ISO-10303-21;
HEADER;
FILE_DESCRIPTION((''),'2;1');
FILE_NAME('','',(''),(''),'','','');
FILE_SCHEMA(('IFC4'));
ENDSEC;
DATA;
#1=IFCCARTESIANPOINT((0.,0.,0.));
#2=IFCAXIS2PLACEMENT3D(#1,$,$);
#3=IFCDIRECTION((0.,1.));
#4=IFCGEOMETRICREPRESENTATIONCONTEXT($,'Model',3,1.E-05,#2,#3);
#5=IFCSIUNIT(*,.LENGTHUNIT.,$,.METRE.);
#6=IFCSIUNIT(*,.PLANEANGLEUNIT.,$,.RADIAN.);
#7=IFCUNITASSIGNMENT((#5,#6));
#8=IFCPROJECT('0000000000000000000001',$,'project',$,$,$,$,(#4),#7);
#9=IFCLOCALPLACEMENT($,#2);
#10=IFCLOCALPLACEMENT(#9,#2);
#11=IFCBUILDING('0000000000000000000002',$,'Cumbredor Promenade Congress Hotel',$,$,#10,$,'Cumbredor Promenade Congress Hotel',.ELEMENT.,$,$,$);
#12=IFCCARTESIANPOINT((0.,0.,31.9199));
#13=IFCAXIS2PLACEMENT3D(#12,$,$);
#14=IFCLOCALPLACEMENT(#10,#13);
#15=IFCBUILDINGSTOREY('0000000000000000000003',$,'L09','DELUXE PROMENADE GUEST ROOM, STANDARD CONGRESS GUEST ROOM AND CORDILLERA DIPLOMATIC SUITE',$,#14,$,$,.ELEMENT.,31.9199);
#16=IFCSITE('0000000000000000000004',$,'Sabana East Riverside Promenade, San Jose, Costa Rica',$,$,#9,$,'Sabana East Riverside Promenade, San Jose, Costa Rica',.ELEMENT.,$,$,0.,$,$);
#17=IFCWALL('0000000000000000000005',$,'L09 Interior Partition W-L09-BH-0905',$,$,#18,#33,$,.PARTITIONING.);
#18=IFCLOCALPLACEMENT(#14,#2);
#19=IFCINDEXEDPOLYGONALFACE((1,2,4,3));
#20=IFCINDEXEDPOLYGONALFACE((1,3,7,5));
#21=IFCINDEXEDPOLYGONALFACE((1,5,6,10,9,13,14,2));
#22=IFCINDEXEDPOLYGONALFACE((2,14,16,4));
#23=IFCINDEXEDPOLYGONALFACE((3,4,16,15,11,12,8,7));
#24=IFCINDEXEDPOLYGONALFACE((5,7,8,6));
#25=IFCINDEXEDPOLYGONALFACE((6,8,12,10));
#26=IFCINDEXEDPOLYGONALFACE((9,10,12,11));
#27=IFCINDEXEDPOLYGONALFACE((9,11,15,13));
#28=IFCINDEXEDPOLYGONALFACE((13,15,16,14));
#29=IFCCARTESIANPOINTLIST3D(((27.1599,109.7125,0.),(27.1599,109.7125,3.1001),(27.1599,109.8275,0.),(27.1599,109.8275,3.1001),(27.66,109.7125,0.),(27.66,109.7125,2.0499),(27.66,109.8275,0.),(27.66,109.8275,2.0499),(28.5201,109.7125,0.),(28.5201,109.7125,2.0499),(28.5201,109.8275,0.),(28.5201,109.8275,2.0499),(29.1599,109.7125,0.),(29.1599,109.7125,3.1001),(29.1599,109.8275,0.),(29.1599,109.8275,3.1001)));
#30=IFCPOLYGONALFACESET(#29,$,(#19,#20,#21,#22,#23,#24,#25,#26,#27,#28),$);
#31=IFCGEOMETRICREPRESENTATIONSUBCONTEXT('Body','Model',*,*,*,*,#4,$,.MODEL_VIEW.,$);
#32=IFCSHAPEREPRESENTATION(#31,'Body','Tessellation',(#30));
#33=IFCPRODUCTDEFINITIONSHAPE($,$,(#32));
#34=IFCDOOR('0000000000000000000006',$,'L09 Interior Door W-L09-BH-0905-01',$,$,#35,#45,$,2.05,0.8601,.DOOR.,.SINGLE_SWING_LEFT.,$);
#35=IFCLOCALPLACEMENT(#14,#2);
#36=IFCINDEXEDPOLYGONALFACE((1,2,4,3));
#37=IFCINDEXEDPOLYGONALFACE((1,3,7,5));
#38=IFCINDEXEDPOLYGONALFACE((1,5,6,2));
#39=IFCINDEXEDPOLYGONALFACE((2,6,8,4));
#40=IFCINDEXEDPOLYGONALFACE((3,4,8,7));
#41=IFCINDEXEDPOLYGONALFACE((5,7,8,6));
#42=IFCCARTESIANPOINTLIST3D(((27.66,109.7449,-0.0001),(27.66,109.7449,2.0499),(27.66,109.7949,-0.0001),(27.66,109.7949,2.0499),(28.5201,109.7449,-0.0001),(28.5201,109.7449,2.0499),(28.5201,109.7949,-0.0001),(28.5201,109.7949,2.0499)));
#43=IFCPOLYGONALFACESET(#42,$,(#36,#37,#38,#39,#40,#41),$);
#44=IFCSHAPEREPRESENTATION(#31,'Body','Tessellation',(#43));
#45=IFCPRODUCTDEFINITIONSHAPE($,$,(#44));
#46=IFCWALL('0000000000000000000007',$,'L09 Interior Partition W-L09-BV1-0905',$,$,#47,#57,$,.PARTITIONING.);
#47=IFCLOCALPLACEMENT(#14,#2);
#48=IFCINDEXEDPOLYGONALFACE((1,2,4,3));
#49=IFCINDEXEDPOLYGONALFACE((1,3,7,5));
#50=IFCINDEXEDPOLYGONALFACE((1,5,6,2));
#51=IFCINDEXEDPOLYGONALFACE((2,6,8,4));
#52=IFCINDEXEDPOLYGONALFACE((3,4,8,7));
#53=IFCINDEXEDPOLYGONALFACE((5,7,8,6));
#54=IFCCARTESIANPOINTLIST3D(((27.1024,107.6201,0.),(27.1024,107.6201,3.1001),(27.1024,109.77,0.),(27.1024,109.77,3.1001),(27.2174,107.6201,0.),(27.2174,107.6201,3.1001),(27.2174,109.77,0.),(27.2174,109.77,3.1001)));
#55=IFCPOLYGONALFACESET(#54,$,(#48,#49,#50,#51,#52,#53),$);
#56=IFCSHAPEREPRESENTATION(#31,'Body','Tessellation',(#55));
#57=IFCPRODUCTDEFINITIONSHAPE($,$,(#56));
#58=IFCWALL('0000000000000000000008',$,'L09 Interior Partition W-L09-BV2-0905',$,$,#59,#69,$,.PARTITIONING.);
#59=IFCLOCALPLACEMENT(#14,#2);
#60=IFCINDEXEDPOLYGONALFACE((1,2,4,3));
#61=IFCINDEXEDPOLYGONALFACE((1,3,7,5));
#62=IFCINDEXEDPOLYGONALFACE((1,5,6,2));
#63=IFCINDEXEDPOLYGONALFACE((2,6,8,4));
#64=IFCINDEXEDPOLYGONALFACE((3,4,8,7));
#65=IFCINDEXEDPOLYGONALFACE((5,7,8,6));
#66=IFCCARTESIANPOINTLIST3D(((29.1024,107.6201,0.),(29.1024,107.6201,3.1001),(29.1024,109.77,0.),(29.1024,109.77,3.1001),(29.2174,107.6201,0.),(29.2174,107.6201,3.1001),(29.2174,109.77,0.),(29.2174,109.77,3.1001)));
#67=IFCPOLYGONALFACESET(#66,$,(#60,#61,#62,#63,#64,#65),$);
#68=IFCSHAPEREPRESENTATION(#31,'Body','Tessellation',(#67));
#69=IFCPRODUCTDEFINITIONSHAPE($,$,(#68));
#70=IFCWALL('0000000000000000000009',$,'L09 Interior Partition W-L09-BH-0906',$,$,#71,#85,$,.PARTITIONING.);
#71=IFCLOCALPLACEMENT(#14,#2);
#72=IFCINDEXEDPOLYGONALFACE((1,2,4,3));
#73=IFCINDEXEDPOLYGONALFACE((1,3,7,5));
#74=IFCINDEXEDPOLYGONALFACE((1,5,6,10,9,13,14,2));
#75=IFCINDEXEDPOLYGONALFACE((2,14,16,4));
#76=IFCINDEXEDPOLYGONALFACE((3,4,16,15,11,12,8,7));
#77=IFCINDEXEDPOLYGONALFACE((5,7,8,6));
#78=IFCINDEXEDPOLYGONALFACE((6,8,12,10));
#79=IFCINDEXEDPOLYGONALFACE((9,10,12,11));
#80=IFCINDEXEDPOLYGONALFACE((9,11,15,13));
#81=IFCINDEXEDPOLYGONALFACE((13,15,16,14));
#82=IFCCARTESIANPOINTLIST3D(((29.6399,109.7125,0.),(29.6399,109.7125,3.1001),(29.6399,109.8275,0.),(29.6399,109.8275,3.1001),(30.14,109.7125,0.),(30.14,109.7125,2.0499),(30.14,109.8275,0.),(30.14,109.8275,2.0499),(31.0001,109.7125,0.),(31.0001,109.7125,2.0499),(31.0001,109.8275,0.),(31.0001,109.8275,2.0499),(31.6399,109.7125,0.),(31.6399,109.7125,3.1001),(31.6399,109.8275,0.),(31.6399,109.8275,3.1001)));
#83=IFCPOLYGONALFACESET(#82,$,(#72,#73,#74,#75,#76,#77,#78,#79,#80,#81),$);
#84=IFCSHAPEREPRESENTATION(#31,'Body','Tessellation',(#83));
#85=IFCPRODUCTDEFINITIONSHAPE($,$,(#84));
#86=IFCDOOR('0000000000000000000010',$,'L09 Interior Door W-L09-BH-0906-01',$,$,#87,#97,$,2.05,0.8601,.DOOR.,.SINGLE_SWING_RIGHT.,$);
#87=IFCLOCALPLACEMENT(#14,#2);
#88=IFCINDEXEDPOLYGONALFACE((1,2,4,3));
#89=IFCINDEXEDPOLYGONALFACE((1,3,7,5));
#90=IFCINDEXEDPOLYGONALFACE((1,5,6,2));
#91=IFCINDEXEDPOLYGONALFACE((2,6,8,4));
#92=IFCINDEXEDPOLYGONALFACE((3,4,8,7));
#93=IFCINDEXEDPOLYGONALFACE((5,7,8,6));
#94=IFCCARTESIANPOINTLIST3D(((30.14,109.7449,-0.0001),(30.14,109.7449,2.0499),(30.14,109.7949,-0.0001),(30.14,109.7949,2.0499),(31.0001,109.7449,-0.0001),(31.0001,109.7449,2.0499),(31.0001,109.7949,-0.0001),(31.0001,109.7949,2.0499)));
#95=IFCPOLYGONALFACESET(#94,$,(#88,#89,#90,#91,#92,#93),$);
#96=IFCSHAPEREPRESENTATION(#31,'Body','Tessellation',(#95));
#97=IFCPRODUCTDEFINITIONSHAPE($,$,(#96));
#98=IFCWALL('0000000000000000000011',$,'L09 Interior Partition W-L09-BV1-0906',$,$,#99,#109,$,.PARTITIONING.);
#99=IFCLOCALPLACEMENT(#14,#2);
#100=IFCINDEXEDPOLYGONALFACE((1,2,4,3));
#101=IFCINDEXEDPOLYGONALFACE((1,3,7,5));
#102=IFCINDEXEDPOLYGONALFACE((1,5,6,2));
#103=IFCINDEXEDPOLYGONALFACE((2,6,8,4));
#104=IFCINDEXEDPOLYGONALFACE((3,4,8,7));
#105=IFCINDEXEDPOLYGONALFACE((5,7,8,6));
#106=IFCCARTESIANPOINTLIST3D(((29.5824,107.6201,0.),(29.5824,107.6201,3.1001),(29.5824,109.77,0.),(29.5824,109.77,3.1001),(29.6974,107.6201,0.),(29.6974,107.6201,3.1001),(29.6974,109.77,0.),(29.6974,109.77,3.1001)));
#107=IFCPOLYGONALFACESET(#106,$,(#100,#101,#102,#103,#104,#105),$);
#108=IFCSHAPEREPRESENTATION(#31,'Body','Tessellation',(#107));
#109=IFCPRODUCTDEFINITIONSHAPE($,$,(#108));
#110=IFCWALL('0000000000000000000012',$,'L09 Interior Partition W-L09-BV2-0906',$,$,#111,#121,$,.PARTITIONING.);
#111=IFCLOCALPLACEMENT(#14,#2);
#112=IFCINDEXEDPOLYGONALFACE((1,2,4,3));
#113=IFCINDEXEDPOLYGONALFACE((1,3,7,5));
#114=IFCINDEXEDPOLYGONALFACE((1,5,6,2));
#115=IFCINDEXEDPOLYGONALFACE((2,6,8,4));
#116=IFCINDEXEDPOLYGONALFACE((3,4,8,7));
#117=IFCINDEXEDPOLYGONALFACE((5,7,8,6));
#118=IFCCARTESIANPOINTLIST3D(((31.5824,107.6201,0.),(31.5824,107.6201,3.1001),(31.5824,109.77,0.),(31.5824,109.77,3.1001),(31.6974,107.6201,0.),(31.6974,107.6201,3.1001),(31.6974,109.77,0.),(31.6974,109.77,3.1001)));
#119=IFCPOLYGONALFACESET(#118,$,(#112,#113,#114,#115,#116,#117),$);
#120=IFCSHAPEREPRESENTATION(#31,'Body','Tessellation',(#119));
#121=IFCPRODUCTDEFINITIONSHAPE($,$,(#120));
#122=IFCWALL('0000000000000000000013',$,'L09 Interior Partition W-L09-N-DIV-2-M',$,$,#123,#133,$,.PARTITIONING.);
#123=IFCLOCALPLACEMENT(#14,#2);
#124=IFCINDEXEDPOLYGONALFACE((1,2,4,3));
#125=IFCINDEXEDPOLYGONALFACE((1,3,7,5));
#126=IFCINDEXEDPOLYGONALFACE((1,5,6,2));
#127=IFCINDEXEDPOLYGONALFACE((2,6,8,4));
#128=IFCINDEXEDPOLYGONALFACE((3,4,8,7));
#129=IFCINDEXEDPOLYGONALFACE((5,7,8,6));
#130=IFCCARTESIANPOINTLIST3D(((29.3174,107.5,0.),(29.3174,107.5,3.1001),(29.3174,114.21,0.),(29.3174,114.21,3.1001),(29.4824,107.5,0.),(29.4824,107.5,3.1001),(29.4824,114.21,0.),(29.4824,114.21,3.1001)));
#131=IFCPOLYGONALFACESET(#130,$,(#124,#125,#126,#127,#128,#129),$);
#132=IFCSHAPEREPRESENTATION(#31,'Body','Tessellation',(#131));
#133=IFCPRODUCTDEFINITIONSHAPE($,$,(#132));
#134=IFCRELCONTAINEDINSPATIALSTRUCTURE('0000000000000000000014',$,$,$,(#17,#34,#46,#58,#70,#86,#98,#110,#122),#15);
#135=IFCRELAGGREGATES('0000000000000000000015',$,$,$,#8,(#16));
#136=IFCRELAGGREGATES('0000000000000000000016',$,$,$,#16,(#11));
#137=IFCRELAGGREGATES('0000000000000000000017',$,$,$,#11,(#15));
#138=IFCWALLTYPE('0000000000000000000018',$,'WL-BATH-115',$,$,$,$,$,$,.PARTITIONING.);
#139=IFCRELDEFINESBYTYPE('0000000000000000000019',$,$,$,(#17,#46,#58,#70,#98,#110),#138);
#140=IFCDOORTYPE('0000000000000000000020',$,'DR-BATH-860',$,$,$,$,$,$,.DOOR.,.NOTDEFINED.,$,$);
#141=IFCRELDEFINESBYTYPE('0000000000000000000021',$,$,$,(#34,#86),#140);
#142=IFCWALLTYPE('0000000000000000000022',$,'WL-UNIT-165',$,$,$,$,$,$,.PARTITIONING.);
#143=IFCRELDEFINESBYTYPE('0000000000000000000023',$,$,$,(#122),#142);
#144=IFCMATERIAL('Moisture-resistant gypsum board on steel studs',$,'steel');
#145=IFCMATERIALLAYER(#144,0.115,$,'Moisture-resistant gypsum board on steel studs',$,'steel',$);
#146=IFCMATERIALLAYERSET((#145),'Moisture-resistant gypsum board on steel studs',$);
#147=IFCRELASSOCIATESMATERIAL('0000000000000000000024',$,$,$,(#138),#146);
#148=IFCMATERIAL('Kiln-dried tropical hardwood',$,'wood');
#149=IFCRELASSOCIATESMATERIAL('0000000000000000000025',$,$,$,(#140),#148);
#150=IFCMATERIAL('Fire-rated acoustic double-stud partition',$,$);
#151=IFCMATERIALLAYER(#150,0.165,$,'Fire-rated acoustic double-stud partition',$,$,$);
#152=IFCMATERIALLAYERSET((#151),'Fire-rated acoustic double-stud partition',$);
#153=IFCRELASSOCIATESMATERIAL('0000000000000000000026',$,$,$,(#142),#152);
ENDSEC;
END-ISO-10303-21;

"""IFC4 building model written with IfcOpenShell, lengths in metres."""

from ifc_helpers import new_model, si_unit, direction, frame, frame_2d, origin, place, context, subcontext, project, spatial, rectangle, extrude, material, layer, layer_set, type_object, element, fill, save


model = new_model("IFC4")

# Units and contexts
model_context = context("Model", 3, precision=1e-05, world=origin(), true_north=direction((0.0, 1.0)))
body_context = subcontext(model_context, "Body", "Model", "MODEL_VIEW")
ifc_project = project(units=[si_unit("LENGTHUNIT", "METRE"), si_unit("PLANEANGLEUNIT", "RADIAN")], contexts=[model_context])

# Site, building, storey
site_placement = place(None, origin())
site = spatial("IfcSite", under=ifc_project, at=site_placement, Name="Sabana East Riverside Promenade, San Jose, Costa Rica", LongName="Sabana East Riverside Promenade, San Jose, Costa Rica", CompositionType="ELEMENT", RefElevation=0.0)
building_placement = place(site_placement, origin())
building = spatial("IfcBuilding", under=site, at=building_placement, Name="Cumbredor Promenade Congress Hotel", LongName="Cumbredor Promenade Congress Hotel", CompositionType="ELEMENT")
storey_placement = place(building_placement, frame((0.0, 0.0, 31.9199)))
storey = spatial("IfcBuildingStorey", under=building, at=storey_placement, Name="L09", Description="DELUXE PROMENADE GUEST ROOM, STANDARD CONGRESS GUEST ROOM AND CORDILLERA DIPLOMATIC SUITE", CompositionType="ELEMENT", Elevation=31.9199)

# Shared definitions
ifc_material_1 = material(Name="Kiln-dried tropical hardwood", Category="wood")

# Wall, opening, door
ifc_material_2 = material(Name="Moisture-resistant gypsum board on steel studs", Category="steel")
ifc_layer_1 = layer(ifc_material_2, 0.115, Name="Moisture-resistant gypsum board on steel studs", Category="steel")
ifc_layer_set_1 = layer_set([ifc_layer_1], Name="Moisture-resistant gypsum board on steel studs")
wall_type_1 = type_object("IfcWallType", Name="WL-BATH-115", PredefinedType="PARTITIONING", material=ifc_layer_set_1)
wall_1_placement = place(storey_placement, frame((27.1599, 109.77, 0.0), z_axis=(0.0, 0.0, 1.0), x_axis=(1.0, 0.0, 0.0)))
wall_1 = element("IfcWall", 1, at=wall_1_placement, inside=storey, type_object=wall_type_1, Name="L09 Interior Partition W-L09-BH-0905", PredefinedType="PARTITIONING", context=body_context, shape_type="SweptSolid", body=[
    extrude(rectangle(XDim=2.0, YDim=0.115, at=frame_2d((1.0, 0.0))), origin(), (0.0, 0.0, 1.0), 3.1001),
])
opening_1_placement = place(wall_1_placement, frame((0.5, 0.0, 0.0)))
opening_1 = element("IfcOpeningElement", 2, at=opening_1_placement, cuts=wall_1, PredefinedType="OPENING", context=body_context, shape_type="SweptSolid", body=[
    extrude(rectangle(XDim=0.8601, YDim=2.05, at=frame_2d((0.4302, 1.0249))), frame((0.0, 0.0674, 0.0), z_axis=(0.0, -1.0, 0.0), x_axis=(1.0, 0.0, 0.0)), (0.0, 0.0, 1.0), 0.135),
])
door_type = type_object("IfcDoorType", Name="DR-BATH-860", OperationType="NOTDEFINED", PredefinedType="DOOR", material=ifc_material_1)
door_1_placement = place(opening_1_placement, origin())
door_1 = element("IfcDoor", 3, at=door_1_placement, inside=storey, type_object=door_type, Name="L09 Interior Door W-L09-BH-0905-01", OperationType="SINGLE_SWING_LEFT", OverallHeight=2.05, OverallWidth=0.8601, PredefinedType="DOOR", context=body_context, shape_type="SweptSolid", body=[
    extrude(rectangle(XDim=0.8601, YDim=2.05, at=frame_2d((0.4302, 1.0249))), frame((0.0, 0.0249, 0.0), z_axis=(0.0, -1.0, 0.0), x_axis=(1.0, 0.0, 0.0)), (0.0, 0.0, 1.0), 0.05),
])
fill(opening_1, door_1)

# Walls
for number, where, z_axis, x_axis, name in (
    (4, (27.1599, 107.6201, 0.0), (0.0, 0.0, 1.0), (0.0, 1.0, 0.0), "L09 Interior Partition W-L09-BV1-0905"),
    (5, (29.1599, 107.6201, 0.0), (0.0, 0.0, 1.0), (0.0, 1.0, 0.0), "L09 Interior Partition W-L09-BV2-0905"),
):
    element("IfcWall", number, at=place(storey_placement, frame(where, z_axis=z_axis, x_axis=x_axis)), inside=storey, type_object=wall_type_1, Name=name, PredefinedType="PARTITIONING", context=body_context, shape_type="SweptSolid", body=[
        extrude(rectangle(XDim=2.1499, YDim=0.115, at=frame_2d((1.075, 0.0))), origin(), (0.0, 0.0, 1.0), 3.1001),
    ])

# Wall, opening, door
wall_2_placement = place(storey_placement, frame((29.6399, 109.77, 0.0), z_axis=(0.0, 0.0, 1.0), x_axis=(1.0, 0.0, 0.0)))
wall_2 = element("IfcWall", 6, at=wall_2_placement, inside=storey, type_object=wall_type_1, Name="L09 Interior Partition W-L09-BH-0906", PredefinedType="PARTITIONING", context=body_context, shape_type="SweptSolid", body=[
    extrude(rectangle(XDim=2.0, YDim=0.115, at=frame_2d((1.0, 0.0))), origin(), (0.0, 0.0, 1.0), 3.1001),
])
opening_2_placement = place(wall_2_placement, frame((0.5, 0.0, 0.0)))
opening_2 = element("IfcOpeningElement", 7, at=opening_2_placement, cuts=wall_2, PredefinedType="OPENING", context=body_context, shape_type="SweptSolid", body=[
    extrude(rectangle(XDim=0.8601, YDim=2.05, at=frame_2d((0.4302, 1.0249))), frame((0.0, 0.0674, 0.0), z_axis=(0.0, -1.0, 0.0), x_axis=(1.0, 0.0, 0.0)), (0.0, 0.0, 1.0), 0.135),
])
door_2_placement = place(opening_2_placement, origin())
door_2 = element("IfcDoor", 8, at=door_2_placement, inside=storey, type_object=door_type, Name="L09 Interior Door W-L09-BH-0906-01", OperationType="SINGLE_SWING_RIGHT", OverallHeight=2.05, OverallWidth=0.8601, PredefinedType="DOOR", context=body_context, shape_type="SweptSolid", body=[
    extrude(rectangle(XDim=0.8601, YDim=2.05, at=frame_2d((0.4302, 1.0249))), frame((0.0, 0.0249, 0.0), z_axis=(0.0, -1.0, 0.0), x_axis=(1.0, 0.0, 0.0)), (0.0, 0.0, 1.0), 0.05),
])
fill(opening_2, door_2)

# Walls
for number, where, z_axis, x_axis, name in (
    (9, (29.6399, 107.6201, 0.0), (0.0, 0.0, 1.0), (0.0, 1.0, 0.0), "L09 Interior Partition W-L09-BV1-0906"),
    (10, (31.6399, 107.6201, 0.0), (0.0, 0.0, 1.0), (0.0, 1.0, 0.0), "L09 Interior Partition W-L09-BV2-0906"),
):
    element("IfcWall", number, at=place(storey_placement, frame(where, z_axis=z_axis, x_axis=x_axis)), inside=storey, type_object=wall_type_1, Name=name, PredefinedType="PARTITIONING", context=body_context, shape_type="SweptSolid", body=[
        extrude(rectangle(XDim=2.1499, YDim=0.115, at=frame_2d((1.075, 0.0))), origin(), (0.0, 0.0, 1.0), 3.1001),
    ])
ifc_material_3 = material(Name="Fire-rated acoustic double-stud partition")
ifc_layer_2 = layer(ifc_material_3, 0.165, Name="Fire-rated acoustic double-stud partition")
ifc_layer_set_2 = layer_set([ifc_layer_2], Name="Fire-rated acoustic double-stud partition")
wall_type_2 = type_object("IfcWallType", Name="WL-UNIT-165", PredefinedType="PARTITIONING", material=ifc_layer_set_2)
wall_3_placement = place(storey_placement, frame((29.3999, 107.5, 0.0), z_axis=(0.0, 0.0, 1.0), x_axis=(0.0, 1.0, 0.0)))
element("IfcWall", 11, at=wall_3_placement, inside=storey, type_object=wall_type_2, Name="L09 Interior Partition W-L09-N-DIV-2-M", PredefinedType="PARTITIONING", context=body_context, shape_type="SweptSolid", body=[
    extrude(rectangle(XDim=6.71, YDim=0.165, at=frame_2d((3.355, 0.0))), origin(), (0.0, 0.0, 1.0), 3.1001),
])

save(model, "model.ifc")
